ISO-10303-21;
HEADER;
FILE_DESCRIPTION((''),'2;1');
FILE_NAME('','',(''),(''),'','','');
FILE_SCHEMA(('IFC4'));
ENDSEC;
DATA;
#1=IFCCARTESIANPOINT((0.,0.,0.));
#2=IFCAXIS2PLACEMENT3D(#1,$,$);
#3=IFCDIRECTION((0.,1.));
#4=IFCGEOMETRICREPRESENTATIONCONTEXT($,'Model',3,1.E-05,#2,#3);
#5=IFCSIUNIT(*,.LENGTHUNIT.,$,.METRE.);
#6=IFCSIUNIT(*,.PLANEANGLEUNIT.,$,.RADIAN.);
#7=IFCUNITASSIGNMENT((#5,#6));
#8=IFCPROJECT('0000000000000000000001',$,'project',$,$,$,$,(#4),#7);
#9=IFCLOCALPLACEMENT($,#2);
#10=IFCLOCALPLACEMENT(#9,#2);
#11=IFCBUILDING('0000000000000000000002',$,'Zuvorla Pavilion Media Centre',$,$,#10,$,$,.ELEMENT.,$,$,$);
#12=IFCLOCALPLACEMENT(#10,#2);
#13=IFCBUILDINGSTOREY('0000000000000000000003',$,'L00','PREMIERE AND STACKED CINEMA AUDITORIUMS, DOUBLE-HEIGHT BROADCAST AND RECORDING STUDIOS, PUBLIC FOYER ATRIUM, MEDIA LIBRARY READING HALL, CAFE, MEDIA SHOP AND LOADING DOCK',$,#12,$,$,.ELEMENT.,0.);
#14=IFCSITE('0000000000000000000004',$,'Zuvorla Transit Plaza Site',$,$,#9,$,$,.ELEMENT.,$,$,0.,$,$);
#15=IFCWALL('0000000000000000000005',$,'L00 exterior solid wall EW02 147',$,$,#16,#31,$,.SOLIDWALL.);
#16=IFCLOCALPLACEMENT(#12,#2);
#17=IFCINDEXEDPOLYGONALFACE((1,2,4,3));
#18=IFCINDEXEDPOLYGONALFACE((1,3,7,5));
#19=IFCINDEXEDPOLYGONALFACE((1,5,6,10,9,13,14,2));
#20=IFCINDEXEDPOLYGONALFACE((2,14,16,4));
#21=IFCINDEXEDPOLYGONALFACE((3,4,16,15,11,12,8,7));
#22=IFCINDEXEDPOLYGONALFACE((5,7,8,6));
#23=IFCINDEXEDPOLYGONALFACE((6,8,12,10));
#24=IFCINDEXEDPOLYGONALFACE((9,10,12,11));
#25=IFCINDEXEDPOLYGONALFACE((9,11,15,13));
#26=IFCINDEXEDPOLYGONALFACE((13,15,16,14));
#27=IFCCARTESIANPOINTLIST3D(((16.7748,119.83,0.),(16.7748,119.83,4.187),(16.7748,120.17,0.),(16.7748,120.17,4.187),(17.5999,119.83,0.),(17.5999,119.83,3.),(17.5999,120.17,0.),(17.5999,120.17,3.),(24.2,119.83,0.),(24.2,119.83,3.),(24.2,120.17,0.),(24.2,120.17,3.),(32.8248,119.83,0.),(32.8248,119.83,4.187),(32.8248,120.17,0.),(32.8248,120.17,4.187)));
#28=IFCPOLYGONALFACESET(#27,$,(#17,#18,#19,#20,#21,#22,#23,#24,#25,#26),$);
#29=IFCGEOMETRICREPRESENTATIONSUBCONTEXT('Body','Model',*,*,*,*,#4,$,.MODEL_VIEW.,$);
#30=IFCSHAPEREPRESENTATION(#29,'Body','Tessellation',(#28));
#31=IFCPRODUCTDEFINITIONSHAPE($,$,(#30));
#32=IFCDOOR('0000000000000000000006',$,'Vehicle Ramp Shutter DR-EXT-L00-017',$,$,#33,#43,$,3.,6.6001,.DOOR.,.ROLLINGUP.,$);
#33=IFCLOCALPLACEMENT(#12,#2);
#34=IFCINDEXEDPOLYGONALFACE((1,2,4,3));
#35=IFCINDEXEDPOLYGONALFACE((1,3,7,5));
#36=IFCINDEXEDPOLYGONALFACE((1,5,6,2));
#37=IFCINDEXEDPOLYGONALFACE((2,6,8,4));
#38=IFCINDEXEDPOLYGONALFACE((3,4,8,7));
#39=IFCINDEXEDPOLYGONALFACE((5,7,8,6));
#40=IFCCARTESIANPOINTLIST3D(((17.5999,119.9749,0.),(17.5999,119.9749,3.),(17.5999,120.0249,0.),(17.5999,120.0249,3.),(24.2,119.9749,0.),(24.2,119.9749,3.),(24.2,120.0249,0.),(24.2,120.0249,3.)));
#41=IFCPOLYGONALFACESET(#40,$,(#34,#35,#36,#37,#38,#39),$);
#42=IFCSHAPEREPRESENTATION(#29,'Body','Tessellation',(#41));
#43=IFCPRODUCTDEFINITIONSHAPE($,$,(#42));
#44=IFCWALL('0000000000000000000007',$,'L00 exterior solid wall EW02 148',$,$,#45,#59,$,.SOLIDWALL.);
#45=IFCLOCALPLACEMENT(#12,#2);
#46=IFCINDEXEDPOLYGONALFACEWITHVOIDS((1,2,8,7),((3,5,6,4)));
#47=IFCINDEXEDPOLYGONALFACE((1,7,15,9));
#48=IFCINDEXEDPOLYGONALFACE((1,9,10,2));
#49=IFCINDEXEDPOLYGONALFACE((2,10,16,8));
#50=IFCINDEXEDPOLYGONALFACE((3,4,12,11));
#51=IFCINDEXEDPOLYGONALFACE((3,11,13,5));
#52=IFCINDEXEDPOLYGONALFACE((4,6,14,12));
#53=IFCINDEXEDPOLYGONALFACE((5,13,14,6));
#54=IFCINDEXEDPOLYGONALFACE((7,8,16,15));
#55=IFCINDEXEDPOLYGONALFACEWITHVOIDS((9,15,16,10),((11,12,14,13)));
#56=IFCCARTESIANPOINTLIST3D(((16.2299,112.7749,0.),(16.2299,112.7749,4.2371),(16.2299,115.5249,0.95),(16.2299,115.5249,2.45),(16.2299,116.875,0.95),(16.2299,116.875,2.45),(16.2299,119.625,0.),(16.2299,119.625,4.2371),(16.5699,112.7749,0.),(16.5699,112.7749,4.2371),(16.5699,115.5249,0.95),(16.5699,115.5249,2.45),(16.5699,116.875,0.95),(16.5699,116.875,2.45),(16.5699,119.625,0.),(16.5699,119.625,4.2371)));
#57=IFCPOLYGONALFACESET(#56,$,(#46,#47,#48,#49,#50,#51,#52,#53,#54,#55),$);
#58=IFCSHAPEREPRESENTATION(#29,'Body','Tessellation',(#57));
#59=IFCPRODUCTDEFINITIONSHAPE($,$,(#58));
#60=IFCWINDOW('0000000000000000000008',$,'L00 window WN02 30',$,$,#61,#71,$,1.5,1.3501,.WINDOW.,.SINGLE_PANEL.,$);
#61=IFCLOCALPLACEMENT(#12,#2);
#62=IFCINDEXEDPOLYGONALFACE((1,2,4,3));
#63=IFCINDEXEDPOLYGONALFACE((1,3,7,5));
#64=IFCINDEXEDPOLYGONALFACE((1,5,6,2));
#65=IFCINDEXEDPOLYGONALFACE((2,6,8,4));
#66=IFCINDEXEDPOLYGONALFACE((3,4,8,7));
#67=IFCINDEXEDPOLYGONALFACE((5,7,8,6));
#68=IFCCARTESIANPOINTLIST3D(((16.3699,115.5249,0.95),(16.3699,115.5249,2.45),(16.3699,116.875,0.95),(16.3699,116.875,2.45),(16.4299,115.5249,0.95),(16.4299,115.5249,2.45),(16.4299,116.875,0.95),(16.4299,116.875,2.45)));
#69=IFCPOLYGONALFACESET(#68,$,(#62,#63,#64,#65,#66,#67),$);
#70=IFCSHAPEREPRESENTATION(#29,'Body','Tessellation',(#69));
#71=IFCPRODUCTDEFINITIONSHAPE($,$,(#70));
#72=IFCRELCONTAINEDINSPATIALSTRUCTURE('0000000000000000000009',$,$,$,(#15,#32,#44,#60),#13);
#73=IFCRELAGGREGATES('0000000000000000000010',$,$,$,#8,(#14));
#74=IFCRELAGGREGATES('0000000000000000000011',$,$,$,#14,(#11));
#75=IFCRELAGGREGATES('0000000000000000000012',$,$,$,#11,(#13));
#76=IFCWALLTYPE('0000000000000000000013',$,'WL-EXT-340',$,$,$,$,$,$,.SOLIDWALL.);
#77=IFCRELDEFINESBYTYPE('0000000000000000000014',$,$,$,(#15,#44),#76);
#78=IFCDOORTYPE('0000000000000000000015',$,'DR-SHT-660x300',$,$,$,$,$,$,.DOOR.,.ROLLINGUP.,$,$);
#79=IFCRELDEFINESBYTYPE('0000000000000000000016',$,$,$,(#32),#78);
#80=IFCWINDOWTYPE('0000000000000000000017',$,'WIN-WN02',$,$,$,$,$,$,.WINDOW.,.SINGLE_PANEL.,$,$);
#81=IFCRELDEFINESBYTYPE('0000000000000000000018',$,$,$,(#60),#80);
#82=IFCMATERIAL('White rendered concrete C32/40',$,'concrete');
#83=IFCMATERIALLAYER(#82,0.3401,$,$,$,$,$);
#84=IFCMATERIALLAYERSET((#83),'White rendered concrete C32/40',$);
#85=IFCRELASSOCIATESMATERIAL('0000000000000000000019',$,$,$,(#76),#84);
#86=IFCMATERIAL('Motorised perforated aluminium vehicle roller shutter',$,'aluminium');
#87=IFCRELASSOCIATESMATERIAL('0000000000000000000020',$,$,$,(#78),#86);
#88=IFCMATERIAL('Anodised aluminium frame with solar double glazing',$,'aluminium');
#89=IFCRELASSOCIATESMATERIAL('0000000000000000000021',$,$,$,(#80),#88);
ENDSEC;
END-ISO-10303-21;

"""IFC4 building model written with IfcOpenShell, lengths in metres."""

from ifc_helpers import new_model, si_unit, direction, frame, frame_2d, origin, place, context, subcontext, project, spatial, rectangle, extrude, material, layer, layer_set, type_object, element, fill, save


model = new_model("IFC4")

# Units and contexts
model_context = context("Model", 3, precision=1e-05, world=origin(), true_north=direction((0.0, 1.0)))
body_context = subcontext(model_context, "Body", "Model", "MODEL_VIEW")
ifc_project = project(units=[si_unit("LENGTHUNIT", "METRE"), si_unit("PLANEANGLEUNIT", "RADIAN")], contexts=[model_context])

# Site, building, storey
site_placement = place(None, origin())
site = spatial("IfcSite", under=ifc_project, at=site_placement, Name="Zuvorla Transit Plaza Site", CompositionType="ELEMENT", RefElevation=0.0)
building_placement = place(site_placement, origin())
building = spatial("IfcBuilding", under=site, at=building_placement, Name="Zuvorla Pavilion Media Centre", CompositionType="ELEMENT")
storey_placement = place(building_placement, origin())
storey = spatial("IfcBuildingStorey", under=building, at=storey_placement, Name="L00", Description="PREMIERE AND STACKED CINEMA AUDITORIUMS, DOUBLE-HEIGHT BROADCAST AND RECORDING STUDIOS, PUBLIC FOYER ATRIUM, MEDIA LIBRARY READING HALL, CAFE, MEDIA SHOP AND LOADING DOCK", CompositionType="ELEMENT", Elevation=0.0)

# Wall, opening, door
ifc_material_1 = material(Name="White rendered concrete C32/40", Category="concrete")
ifc_layer = layer(ifc_material_1, 0.3401)
ifc_layer_set = layer_set([ifc_layer], Name="White rendered concrete C32/40")
wall_type = type_object("IfcWallType", Name="WL-EXT-340", PredefinedType="SOLIDWALL", material=ifc_layer_set)
wall_1_placement = place(storey_placement, frame((16.7749, 120.0, 0.0), z_axis=(0.0, 0.0, 1.0), x_axis=(1.0, 0.0, 0.0)))
wall_1 = element("IfcWall", 1, at=wall_1_placement, inside=storey, type_object=wall_type, Name="L00 exterior solid wall EW02 147", PredefinedType="SOLIDWALL", context=body_context, shape_type="SweptSolid", body=[
    extrude(rectangle(XDim=16.05, YDim=0.3401, at=frame_2d((8.0249, 0.0))), origin(), (0.0, 0.0, 1.0), 4.187),
])
opening_1_placement = place(wall_1_placement, frame((0.825, 0.0, 0.0)))
opening_1 = element("IfcOpeningElement", 2, at=opening_1_placement, cuts=wall_1, PredefinedType="OPENING", context=body_context, shape_type="SweptSolid", body=[
    extrude(rectangle(XDim=6.6001, YDim=3.0, at=frame_2d((3.3, 1.5))), frame((0.0, 0.1799, 0.0), z_axis=(0.0, -1.0, 0.0), x_axis=(1.0, 0.0, 0.0)), (0.0, 0.0, 1.0), 0.3601),
])
ifc_material_2 = material(Name="Motorised perforated aluminium vehicle roller shutter", Category="aluminium")
door_type = type_object("IfcDoorType", Name="DR-SHT-660x300", OperationType="ROLLINGUP", PredefinedType="DOOR", material=ifc_material_2)
door_placement = place(opening_1_placement, origin())
door = element("IfcDoor", 3, at=door_placement, inside=storey, type_object=door_type, Name="Vehicle Ramp Shutter DR-EXT-L00-017", OperationType="ROLLINGUP", OverallHeight=3.0, OverallWidth=6.6001, PredefinedType="DOOR", context=body_context, shape_type="SweptSolid", body=[
    extrude(rectangle(XDim=6.6001, YDim=3.0, at=frame_2d((3.3, 1.5))), frame((0.0, 0.0249, 0.0), z_axis=(0.0, -1.0, 0.0), x_axis=(1.0, 0.0, 0.0)), (0.0, 0.0, 1.0), 0.05),
])
fill(opening_1, door)

# Wall, opening, window
wall_2_placement = place(storey_placement, frame((16.3999, 119.625, 0.0), z_axis=(0.0, 0.0, 1.0), x_axis=(0.0, -1.0, 0.0)))
wall_2 = element("IfcWall", 4, at=wall_2_placement, inside=storey, type_object=wall_type, Name="L00 exterior solid wall EW02 148", PredefinedType="SOLIDWALL", context=body_context, shape_type="SweptSolid", body=[
    extrude(rectangle(XDim=6.8501, YDim=0.3401, at=frame_2d((3.425, 0.0))), origin(), (0.0, 0.0, 1.0), 4.2371),
])
opening_2_placement = place(wall_2_placement, frame((2.75, 0.0, 0.95)))
opening_2 = element("IfcOpeningElement", 5, at=opening_2_placement, cuts=wall_2, PredefinedType="OPENING", context=body_context, shape_type="SweptSolid", body=[
    extrude(rectangle(XDim=1.3501, YDim=1.5, at=frame_2d((0.675, 0.75))), frame((0.0, 0.1799, 0.0), z_axis=(0.0, -1.0, 0.0), x_axis=(1.0, 0.0, 0.0)), (0.0, 0.0, 1.0), 0.3601),
])
ifc_material_3 = material(Name="Anodised aluminium frame with solar double glazing", Category="aluminium")
window_type = type_object("IfcWindowType", Name="WIN-WN02", PartitioningType="SINGLE_PANEL", PredefinedType="WINDOW", material=ifc_material_3)
window_placement = place(opening_2_placement, origin())
window = element("IfcWindow", 6, at=window_placement, inside=storey, type_object=window_type, Name="L00 window WN02 30", OverallHeight=1.5, OverallWidth=1.3501, PartitioningType="SINGLE_PANEL", PredefinedType="WINDOW", context=body_context, shape_type="SweptSolid", body=[
    extrude(rectangle(XDim=1.3501, YDim=1.5, at=frame_2d((0.675, 0.75))), frame((0.0, 0.03, 0.0), z_axis=(0.0, -1.0, 0.0), x_axis=(1.0, 0.0, 0.0)), (0.0, 0.0, 1.0), 0.0601),
])
fill(opening_2, window)

save(model, "model.ifc")
